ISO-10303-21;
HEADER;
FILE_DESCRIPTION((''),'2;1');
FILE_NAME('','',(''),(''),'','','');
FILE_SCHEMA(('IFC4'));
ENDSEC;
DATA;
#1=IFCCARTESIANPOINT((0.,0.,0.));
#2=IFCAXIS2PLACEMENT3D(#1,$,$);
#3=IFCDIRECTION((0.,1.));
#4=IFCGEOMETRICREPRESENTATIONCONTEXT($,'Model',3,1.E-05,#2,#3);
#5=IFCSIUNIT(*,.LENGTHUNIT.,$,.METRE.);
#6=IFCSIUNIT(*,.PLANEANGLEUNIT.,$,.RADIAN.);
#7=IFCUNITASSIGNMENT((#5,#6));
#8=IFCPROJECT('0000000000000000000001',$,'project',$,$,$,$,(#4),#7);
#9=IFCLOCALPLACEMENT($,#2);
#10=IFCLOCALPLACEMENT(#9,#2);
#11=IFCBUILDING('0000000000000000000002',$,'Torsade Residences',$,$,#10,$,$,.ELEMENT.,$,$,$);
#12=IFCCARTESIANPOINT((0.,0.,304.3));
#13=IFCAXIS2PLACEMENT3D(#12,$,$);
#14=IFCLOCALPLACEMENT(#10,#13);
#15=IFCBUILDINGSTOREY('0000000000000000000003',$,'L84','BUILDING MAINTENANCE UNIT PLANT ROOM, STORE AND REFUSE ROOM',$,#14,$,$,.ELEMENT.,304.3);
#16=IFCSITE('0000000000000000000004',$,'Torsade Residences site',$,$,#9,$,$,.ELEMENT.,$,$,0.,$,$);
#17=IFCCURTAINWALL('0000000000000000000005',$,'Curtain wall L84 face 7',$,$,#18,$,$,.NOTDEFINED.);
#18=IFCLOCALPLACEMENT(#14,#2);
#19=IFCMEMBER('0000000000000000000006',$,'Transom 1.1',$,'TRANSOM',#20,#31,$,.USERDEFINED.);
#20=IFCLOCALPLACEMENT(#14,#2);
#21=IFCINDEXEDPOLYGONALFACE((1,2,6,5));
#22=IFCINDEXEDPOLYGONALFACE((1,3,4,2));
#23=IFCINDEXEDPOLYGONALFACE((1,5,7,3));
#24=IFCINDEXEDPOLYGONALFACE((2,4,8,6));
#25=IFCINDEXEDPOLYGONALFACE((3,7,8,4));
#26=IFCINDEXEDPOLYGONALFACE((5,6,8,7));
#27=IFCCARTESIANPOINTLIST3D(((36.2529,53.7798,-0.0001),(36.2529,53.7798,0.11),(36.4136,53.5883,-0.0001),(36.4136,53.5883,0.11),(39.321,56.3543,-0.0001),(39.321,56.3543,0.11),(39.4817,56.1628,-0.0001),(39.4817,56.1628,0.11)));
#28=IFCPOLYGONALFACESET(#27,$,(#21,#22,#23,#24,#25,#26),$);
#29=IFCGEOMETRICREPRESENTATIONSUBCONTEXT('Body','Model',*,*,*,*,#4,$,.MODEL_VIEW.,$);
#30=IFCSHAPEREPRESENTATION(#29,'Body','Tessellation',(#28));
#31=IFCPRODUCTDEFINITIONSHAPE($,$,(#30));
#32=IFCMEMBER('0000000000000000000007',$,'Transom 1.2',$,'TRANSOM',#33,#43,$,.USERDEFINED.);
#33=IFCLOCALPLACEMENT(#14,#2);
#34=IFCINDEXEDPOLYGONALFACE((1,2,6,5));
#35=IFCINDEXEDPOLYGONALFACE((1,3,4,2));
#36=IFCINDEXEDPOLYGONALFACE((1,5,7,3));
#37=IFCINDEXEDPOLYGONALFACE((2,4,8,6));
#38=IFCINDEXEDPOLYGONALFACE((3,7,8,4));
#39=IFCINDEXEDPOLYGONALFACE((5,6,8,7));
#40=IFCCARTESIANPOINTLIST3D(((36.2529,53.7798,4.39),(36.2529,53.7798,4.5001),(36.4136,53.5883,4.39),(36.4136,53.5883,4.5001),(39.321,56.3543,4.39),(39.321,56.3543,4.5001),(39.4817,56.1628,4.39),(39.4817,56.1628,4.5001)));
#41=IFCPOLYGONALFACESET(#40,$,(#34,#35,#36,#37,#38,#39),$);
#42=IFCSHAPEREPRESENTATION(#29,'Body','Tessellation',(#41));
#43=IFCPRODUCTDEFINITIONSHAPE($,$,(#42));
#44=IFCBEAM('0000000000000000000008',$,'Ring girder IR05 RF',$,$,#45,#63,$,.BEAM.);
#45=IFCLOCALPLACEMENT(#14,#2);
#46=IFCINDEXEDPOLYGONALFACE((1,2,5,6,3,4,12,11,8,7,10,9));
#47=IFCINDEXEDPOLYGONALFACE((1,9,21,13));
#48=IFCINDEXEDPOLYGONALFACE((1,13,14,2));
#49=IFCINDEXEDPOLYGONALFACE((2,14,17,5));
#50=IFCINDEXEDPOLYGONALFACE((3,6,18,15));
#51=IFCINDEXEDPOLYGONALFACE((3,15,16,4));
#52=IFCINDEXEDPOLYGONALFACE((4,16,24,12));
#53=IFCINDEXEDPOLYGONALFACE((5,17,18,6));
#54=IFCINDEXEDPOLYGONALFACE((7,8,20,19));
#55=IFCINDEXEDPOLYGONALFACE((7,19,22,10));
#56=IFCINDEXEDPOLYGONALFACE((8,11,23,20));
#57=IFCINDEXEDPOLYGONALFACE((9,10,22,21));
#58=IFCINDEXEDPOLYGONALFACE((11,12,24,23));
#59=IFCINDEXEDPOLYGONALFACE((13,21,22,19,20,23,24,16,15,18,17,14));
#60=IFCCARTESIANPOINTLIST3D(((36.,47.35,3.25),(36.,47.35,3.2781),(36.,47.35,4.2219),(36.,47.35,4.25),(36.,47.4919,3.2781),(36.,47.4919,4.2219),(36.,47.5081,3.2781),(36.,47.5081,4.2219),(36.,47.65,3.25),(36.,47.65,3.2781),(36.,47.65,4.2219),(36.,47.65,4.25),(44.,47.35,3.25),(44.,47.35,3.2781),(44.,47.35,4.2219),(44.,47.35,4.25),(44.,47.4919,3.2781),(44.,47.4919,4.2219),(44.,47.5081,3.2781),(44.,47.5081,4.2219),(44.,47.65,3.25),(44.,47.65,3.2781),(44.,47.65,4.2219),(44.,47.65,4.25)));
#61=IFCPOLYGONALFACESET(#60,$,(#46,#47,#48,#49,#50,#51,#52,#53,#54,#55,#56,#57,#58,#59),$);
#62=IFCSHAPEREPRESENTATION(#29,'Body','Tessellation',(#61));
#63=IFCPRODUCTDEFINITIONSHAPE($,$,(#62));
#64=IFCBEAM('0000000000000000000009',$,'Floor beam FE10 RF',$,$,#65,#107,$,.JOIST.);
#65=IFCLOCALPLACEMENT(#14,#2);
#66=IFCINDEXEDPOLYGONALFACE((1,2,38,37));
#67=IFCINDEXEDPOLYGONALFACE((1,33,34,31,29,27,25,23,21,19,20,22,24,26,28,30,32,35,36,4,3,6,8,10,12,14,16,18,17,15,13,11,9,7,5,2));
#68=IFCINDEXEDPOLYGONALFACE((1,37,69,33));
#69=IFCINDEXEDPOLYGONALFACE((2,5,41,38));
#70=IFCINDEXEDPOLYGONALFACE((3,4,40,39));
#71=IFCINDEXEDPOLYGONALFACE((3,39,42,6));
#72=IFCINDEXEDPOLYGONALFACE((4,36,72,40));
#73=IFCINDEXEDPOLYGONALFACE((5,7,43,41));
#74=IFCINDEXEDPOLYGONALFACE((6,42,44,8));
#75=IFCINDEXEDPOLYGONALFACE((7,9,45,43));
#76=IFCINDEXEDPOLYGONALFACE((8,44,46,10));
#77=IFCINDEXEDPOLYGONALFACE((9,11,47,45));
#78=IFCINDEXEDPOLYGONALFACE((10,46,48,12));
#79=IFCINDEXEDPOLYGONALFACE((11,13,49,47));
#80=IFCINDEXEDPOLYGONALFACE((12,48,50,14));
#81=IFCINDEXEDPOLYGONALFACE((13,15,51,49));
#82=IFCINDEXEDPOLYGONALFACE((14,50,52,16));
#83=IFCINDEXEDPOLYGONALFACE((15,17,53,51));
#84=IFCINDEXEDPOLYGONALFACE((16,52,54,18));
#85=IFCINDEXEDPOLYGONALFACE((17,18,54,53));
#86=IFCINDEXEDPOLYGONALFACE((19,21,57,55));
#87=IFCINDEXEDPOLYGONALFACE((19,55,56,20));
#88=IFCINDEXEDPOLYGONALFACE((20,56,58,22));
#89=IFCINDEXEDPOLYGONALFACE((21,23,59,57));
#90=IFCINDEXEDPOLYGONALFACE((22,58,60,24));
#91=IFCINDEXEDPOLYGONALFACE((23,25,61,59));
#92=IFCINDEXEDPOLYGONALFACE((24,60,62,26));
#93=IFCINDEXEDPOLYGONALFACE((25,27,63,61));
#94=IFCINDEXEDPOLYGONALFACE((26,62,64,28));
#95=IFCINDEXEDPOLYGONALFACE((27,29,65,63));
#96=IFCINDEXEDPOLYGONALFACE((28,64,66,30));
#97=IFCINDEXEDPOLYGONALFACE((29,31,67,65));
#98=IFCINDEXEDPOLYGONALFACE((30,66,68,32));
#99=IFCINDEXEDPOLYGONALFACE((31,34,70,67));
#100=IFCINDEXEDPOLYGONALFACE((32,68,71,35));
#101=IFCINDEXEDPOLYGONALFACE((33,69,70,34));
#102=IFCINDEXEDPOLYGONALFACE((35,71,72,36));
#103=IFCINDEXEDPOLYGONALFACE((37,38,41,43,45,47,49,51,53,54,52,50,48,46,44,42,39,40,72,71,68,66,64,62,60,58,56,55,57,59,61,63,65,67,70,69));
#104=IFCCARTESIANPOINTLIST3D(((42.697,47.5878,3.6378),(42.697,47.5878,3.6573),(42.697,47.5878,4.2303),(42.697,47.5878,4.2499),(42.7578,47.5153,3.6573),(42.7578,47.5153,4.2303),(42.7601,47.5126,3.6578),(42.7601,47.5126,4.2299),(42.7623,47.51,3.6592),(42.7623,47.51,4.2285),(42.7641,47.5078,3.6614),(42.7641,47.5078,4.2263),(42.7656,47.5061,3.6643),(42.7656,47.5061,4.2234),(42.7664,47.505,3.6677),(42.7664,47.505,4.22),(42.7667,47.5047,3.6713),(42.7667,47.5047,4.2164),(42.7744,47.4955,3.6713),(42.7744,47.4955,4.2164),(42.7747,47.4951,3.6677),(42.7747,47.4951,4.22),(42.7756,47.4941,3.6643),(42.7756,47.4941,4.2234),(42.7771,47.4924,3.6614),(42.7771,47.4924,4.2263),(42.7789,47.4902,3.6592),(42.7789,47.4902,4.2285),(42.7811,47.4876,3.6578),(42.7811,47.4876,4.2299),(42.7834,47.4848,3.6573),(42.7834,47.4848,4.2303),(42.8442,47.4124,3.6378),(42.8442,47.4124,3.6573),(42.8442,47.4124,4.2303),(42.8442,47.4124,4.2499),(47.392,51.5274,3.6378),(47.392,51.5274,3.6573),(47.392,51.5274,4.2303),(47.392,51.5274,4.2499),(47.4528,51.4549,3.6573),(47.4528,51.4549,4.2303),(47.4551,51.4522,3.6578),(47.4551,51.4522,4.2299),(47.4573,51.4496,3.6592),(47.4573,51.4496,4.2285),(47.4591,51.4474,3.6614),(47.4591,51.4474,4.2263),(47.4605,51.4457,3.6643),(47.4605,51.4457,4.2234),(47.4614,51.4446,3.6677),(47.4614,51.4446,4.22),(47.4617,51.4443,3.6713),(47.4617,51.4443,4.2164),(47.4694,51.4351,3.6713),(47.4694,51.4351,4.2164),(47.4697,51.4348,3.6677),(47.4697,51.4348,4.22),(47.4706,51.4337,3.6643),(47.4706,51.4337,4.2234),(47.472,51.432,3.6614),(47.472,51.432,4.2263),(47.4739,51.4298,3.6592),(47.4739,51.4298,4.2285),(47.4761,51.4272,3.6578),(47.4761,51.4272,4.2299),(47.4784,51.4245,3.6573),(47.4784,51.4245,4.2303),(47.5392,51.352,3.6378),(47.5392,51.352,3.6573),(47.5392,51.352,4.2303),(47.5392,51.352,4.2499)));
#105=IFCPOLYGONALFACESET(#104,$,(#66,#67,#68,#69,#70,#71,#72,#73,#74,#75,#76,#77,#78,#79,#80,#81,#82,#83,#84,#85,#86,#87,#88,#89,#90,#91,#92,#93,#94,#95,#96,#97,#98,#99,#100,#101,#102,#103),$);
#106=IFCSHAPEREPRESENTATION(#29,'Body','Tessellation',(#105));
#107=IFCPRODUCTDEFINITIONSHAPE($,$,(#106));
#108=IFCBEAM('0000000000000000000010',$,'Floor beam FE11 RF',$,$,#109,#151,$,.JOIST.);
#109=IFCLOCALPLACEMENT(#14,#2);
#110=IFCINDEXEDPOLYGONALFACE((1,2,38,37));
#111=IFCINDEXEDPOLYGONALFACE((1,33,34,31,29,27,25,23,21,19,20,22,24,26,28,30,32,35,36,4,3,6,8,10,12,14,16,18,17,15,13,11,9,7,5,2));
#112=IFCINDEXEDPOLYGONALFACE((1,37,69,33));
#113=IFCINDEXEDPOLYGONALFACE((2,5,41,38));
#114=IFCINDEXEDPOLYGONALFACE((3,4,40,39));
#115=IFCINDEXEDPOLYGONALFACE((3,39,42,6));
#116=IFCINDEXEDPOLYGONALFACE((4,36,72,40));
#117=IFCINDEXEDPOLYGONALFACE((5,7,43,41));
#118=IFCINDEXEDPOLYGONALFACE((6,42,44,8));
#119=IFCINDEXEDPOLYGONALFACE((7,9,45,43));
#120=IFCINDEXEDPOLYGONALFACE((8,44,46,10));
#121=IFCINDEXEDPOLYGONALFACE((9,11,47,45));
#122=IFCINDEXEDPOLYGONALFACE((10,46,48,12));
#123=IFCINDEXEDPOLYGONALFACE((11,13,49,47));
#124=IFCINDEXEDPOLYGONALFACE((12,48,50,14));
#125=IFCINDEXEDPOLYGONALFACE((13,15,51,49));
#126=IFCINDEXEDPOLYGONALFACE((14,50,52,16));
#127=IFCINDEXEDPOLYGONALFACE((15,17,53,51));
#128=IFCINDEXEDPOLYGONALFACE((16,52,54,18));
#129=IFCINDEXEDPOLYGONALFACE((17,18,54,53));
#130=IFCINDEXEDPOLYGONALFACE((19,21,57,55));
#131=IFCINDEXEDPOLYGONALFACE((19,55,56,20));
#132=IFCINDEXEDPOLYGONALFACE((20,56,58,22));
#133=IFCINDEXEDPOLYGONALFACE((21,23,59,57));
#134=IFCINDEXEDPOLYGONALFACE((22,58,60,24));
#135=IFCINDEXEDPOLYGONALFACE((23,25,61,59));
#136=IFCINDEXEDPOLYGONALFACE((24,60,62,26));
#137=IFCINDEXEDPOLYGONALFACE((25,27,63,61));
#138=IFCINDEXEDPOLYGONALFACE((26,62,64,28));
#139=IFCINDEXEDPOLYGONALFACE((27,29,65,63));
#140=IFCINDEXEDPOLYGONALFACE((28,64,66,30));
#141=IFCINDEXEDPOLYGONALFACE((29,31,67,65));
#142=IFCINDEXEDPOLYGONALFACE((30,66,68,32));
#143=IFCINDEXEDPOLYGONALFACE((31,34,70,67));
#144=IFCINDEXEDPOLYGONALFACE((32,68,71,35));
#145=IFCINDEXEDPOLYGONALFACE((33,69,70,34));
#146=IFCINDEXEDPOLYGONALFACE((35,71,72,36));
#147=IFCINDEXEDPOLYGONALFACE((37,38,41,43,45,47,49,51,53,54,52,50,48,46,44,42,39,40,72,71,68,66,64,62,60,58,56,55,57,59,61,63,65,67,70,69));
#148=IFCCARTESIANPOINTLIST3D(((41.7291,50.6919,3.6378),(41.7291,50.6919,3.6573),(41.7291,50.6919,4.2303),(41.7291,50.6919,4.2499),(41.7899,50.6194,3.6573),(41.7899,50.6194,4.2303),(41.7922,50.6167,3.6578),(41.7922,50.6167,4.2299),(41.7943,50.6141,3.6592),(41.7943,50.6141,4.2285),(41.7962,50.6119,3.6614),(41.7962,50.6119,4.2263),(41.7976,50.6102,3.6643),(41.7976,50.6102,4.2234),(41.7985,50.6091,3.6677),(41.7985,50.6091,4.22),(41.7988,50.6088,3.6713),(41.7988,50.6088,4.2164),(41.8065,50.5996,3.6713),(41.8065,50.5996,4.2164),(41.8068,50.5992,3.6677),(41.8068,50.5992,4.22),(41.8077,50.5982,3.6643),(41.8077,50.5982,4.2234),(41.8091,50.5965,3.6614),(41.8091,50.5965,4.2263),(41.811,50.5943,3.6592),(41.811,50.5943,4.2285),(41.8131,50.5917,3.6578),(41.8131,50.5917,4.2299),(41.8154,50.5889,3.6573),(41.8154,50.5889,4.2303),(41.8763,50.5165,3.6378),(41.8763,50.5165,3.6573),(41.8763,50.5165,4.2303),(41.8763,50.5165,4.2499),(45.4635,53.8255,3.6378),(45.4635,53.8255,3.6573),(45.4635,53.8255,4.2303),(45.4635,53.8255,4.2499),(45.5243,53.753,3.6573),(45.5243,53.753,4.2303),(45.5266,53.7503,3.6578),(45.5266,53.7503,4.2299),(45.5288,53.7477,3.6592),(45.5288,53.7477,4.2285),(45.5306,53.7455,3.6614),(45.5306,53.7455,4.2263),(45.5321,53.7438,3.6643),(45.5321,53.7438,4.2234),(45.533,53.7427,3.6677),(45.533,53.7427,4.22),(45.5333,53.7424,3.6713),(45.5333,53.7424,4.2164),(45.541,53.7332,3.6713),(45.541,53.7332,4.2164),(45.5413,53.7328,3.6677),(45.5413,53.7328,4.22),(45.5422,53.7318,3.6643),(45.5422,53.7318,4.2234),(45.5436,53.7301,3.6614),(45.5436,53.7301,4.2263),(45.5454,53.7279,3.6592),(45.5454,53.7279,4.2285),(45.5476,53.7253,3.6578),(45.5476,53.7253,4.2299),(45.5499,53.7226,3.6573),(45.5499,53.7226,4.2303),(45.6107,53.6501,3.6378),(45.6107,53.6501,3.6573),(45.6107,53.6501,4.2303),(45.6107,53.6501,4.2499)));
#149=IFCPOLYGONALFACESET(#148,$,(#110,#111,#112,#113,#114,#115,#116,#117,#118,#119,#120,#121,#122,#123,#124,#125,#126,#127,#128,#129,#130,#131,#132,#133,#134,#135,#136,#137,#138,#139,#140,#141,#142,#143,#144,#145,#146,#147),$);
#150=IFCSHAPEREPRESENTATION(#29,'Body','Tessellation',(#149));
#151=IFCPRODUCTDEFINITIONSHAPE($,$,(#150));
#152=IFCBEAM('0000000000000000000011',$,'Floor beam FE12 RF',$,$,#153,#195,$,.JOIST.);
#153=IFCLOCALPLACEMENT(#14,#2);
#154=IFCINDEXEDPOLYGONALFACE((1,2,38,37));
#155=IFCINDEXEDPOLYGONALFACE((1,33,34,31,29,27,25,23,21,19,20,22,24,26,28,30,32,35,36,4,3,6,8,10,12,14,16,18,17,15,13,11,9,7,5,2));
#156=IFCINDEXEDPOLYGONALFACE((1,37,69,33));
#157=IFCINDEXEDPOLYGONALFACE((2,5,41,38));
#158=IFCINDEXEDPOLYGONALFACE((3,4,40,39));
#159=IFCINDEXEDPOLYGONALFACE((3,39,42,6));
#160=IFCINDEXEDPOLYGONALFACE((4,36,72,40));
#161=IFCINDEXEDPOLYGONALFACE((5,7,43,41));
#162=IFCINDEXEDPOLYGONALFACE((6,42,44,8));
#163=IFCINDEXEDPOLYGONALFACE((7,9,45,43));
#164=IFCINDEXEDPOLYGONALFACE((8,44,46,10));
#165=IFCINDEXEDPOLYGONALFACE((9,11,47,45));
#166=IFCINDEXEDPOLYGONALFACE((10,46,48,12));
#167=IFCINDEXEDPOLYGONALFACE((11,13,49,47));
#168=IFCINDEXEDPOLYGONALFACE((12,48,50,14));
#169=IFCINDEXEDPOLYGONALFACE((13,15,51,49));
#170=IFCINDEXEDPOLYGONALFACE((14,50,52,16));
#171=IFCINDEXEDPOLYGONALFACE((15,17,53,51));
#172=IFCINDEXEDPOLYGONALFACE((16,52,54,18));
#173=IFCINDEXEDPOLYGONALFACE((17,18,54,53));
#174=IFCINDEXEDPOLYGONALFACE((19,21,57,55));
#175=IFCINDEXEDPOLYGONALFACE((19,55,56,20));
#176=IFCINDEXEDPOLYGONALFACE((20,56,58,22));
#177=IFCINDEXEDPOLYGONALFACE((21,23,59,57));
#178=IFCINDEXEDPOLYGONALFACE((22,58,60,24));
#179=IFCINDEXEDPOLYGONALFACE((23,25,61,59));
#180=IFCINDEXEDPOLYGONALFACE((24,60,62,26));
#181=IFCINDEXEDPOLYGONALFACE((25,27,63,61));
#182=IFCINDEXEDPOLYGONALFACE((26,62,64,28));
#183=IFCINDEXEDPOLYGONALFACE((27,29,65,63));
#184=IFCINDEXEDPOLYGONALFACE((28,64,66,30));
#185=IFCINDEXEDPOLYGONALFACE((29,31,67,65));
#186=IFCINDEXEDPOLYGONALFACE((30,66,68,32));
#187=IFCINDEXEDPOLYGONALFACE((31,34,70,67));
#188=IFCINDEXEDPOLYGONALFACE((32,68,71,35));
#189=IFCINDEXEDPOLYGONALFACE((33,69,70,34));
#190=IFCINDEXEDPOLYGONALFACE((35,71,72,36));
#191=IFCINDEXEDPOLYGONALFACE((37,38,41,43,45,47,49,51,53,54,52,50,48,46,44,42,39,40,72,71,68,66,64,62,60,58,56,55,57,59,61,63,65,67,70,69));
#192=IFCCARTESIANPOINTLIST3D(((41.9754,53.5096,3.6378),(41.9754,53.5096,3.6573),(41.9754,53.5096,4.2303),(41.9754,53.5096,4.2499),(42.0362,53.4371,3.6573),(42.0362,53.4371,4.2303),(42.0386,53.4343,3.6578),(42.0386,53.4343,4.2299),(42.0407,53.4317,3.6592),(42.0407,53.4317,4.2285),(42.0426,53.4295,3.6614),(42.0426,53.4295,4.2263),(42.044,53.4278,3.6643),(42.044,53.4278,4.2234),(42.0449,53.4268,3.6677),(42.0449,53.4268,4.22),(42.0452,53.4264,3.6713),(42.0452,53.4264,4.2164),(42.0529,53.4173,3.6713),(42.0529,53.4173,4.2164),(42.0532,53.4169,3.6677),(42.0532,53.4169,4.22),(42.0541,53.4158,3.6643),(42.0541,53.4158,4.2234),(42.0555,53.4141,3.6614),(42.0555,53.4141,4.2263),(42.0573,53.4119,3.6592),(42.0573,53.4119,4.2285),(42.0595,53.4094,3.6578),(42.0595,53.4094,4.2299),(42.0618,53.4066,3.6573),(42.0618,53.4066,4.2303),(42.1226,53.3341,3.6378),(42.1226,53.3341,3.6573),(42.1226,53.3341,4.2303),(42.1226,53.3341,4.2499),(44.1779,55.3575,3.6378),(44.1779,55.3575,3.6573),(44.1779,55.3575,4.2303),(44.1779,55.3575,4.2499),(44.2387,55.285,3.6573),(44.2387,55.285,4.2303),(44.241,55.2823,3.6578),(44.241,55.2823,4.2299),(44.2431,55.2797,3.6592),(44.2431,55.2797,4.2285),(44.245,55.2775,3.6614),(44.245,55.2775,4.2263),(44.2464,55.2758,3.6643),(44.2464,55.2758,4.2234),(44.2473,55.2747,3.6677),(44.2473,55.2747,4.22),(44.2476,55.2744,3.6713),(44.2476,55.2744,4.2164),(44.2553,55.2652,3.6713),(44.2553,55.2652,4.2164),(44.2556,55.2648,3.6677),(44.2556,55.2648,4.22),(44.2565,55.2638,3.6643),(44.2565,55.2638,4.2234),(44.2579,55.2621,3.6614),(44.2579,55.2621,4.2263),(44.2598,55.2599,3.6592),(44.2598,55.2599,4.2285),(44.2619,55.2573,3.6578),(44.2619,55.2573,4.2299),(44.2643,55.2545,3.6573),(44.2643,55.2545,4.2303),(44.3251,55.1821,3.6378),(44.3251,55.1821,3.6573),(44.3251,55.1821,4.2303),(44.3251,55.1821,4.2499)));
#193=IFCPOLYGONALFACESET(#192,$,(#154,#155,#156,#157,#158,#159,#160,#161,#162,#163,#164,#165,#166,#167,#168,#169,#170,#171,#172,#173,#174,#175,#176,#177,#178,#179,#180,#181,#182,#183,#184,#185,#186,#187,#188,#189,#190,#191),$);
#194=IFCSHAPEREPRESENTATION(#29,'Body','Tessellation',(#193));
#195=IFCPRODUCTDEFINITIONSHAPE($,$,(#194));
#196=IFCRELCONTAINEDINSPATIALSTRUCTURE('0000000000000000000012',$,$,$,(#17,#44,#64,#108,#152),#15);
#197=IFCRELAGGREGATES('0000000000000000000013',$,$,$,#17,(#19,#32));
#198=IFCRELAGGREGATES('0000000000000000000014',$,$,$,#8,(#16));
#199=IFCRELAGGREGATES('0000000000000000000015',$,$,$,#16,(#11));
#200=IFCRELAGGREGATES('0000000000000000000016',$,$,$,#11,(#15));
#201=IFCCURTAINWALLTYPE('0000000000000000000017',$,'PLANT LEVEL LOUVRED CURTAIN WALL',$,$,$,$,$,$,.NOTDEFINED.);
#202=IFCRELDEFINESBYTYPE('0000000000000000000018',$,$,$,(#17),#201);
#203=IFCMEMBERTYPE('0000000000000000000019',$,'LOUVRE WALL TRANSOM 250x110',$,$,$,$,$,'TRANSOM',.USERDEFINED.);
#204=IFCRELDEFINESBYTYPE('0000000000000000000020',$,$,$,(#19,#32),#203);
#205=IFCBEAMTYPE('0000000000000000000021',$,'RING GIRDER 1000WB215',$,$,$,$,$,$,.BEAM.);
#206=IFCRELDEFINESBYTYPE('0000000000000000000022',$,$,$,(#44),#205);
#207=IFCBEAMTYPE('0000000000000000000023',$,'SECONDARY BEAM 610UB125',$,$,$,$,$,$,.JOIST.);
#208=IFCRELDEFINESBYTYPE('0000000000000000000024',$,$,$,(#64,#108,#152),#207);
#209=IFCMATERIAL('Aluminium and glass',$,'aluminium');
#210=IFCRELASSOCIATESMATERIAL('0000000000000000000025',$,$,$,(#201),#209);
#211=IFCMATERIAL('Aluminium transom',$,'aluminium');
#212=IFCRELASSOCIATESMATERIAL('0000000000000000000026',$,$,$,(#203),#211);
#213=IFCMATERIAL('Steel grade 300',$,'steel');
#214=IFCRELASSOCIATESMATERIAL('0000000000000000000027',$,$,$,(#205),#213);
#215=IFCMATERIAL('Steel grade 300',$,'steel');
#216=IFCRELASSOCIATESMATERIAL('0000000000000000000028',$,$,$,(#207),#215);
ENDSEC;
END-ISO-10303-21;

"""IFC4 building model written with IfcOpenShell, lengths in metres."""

from ifc_helpers import new_model, si_unit, direction, frame, origin, origin_2d, place, context, subcontext, project, spatial, rectangle, i_section, extrude, material, material_profile, profile_set, type_object, element, aggregate, save


model = new_model("IFC4")

# Units and contexts
model_context = context("Model", 3, precision=1e-05, world=origin(), true_north=direction((0.0, 1.0)))
body_context = subcontext(model_context, "Body", "Model", "MODEL_VIEW")
ifc_project = project(units=[si_unit("LENGTHUNIT", "METRE"), si_unit("PLANEANGLEUNIT", "RADIAN")], contexts=[model_context])

# Site, building, storey
site_placement = place(None, origin())
site = spatial("IfcSite", under=ifc_project, at=site_placement, Name="Torsade Residences site", CompositionType="ELEMENT", RefElevation=0.0)
building_placement = place(site_placement, origin())
building = spatial("IfcBuilding", under=site, at=building_placement, Name="Torsade Residences", CompositionType="ELEMENT")
storey_placement = place(building_placement, frame((0.0, 0.0, 304.3)))
storey = spatial("IfcBuildingStorey", under=building, at=storey_placement, Name="L84", Description="BUILDING MAINTENANCE UNIT PLANT ROOM, STORE AND REFUSE ROOM", CompositionType="ELEMENT", Elevation=304.3)

# Shared definitions
ifc_material_1 = material(Name="Aluminium and glass", Category="aluminium")
curtain_wall_type = type_object("IfcCurtainWallType", Name="PLANT LEVEL LOUVRED CURTAIN WALL", PredefinedType="NOTDEFINED", material=ifc_material_1)

# Curtain wall
curtain_wall_1_placement = place(storey_placement, origin())
curtain_wall_1 = element("IfcCurtainWall", 1, at=curtain_wall_1_placement, inside=storey, type_object=curtain_wall_type, Name="Curtain wall L84 face 7", PredefinedType="NOTDEFINED")

# Members
ifc_material_2 = material(Name="Aluminium transom", Category="aluminium")
ifc_material_profile_1 = material_profile(ifc_material_2, rectangle(XDim=0.25, YDim=0.1101, at=origin_2d()), Name="LOUVRE WALL TRANSOM 250x110")
ifc_profile_set_1 = profile_set([ifc_material_profile_1], Name="Aluminium transom")
member_type_1 = type_object("IfcMemberType", Name="LOUVRE WALL TRANSOM 250x110", ElementType="TRANSOM", PredefinedType="USERDEFINED", material=ifc_profile_set_1)
member_1_placement = place(storey_placement, frame((39.4014, 56.2585, 0.0549), z_axis=(-0.766043, -0.642789, 0.0), x_axis=(0.642789, -0.766043, 0.0)))
member_1 = element("IfcMember", 2, at=member_1_placement, type_object=member_type_1, Name="Transom 1.1", ObjectType="TRANSOM", PredefinedType="USERDEFINED", context=body_context, shape_type="SweptSolid", body=[
    extrude(rectangle(XDim=0.25, YDim=0.1101, at=origin_2d()), origin(), (0.0, 0.0, 1.0), 4.0051),
])
member_2_placement = place(storey_placement, frame((39.4014, 56.2585, 4.4451), z_axis=(-0.766043, -0.642789, 0.0), x_axis=(0.642789, -0.766043, 0.0)))
member_2 = element("IfcMember", 3, at=member_2_placement, type_object=member_type_1, Name="Transom 1.2", ObjectType="TRANSOM", PredefinedType="USERDEFINED", context=body_context, shape_type="SweptSolid", body=[
    extrude(rectangle(XDim=0.25, YDim=0.1101, at=origin_2d()), origin(), (0.0, 0.0, 1.0), 4.0051),
])
aggregate(curtain_wall_1, [member_1, member_2])

# Beams
ifc_material_3 = material(Name="Steel grade 300", Category="steel")
ifc_material_profile_2 = material_profile(ifc_material_3, i_section(OverallWidth=0.3, OverallDepth=1.0, WebThickness=0.0161, FlangeThickness=0.0281, at=origin_2d()), Name="1000WB215")
ifc_profile_set_2 = profile_set([ifc_material_profile_2], Name="Steel grade 300")
beam_type_1 = type_object("IfcBeamType", Name="RING GIRDER 1000WB215", PredefinedType="BEAM", material=ifc_profile_set_2)
beam_1_placement = place(storey_placement, frame((44.0, 47.5, 3.75), z_axis=(-1.0, 0.0, 0.0), x_axis=(0.0, -1.0, 0.0)))
element("IfcBeam", 4, at=beam_1_placement, inside=storey, type_object=beam_type_1, Name="Ring girder IR05 RF", PredefinedType="BEAM", context=body_context, shape_type="SweptSolid", body=[
    extrude(i_section(OverallWidth=0.3, OverallDepth=1.0, WebThickness=0.0161, FlangeThickness=0.0281, at=origin_2d()), origin(), (0.0, 0.0, 1.0), 8.0),
])
ifc_material_4 = material(Name="Steel grade 300", Category="steel")
ifc_material_profile_3 = material_profile(ifc_material_4, i_section(OverallWidth=0.229, OverallDepth=0.6121, WebThickness=0.012, FlangeThickness=0.0195, FilletRadius=0.0139, at=origin_2d()), Name="610UB125")
ifc_profile_set_3 = profile_set([ifc_material_profile_3], Name="Steel grade 300")
beam_type_2 = type_object("IfcBeamType", Name="SECONDARY BEAM 610UB125", PredefinedType="JOIST", material=ifc_profile_set_3)
beam_2_placement = place(storey_placement, frame((47.4656, 51.4397, 3.9438), z_axis=(-0.766039, -0.642794, 0.0), x_axis=(0.642794, -0.766039, 0.0)))
element("IfcBeam", 5, at=beam_2_placement, inside=storey, type_object=beam_type_2, Name="Floor beam FE10 RF", PredefinedType="JOIST", context=body_context, shape_type="SweptSolid", body=[
    extrude(i_section(OverallWidth=0.229, OverallDepth=0.6121, WebThickness=0.012, FlangeThickness=0.0195, FilletRadius=0.0139, at=origin_2d()), origin(), (0.0, 0.0, 1.0), 6.1289),
])
beam_3_placement = place(storey_placement, frame((45.5371, 53.7378, 3.9438), z_axis=(-0.766041, -0.642791, 0.0), x_axis=(0.642791, -0.766041, 0.0)))
element("IfcBeam", 6, at=beam_3_placement, inside=storey, type_object=beam_type_2, Name="Floor beam FE11 RF", PredefinedType="JOIST", context=body_context, shape_type="SweptSolid", body=[
    extrude(i_section(OverallWidth=0.229, OverallDepth=0.6121, WebThickness=0.012, FlangeThickness=0.0195, FilletRadius=0.0139, at=origin_2d()), origin(), (0.0, 0.0, 1.0), 4.875),
])
for number, where, z_axis, x_axis, name in (
    (7, (44.2515, 55.2698, 3.9438), (-0.766066, -0.642762, 0.0), (0.642762, -0.766066, 0.0), "Floor beam FE12 RF"),
):
    element("IfcBeam", number, at=place(storey_placement, frame(where, z_axis=z_axis, x_axis=x_axis)), inside=storey, type_object=beam_type_2, Name=name, PredefinedType="JOIST", context=body_context, shape_type="SweptSolid", body=[
        extrude(i_section(OverallWidth=0.229, OverallDepth=0.6121, WebThickness=0.012, FlangeThickness=0.0195, FilletRadius=0.0139, at=origin_2d()), origin(), (0.0, 0.0, 1.0), 2.875),
    ])

save(model, "model.ifc")
